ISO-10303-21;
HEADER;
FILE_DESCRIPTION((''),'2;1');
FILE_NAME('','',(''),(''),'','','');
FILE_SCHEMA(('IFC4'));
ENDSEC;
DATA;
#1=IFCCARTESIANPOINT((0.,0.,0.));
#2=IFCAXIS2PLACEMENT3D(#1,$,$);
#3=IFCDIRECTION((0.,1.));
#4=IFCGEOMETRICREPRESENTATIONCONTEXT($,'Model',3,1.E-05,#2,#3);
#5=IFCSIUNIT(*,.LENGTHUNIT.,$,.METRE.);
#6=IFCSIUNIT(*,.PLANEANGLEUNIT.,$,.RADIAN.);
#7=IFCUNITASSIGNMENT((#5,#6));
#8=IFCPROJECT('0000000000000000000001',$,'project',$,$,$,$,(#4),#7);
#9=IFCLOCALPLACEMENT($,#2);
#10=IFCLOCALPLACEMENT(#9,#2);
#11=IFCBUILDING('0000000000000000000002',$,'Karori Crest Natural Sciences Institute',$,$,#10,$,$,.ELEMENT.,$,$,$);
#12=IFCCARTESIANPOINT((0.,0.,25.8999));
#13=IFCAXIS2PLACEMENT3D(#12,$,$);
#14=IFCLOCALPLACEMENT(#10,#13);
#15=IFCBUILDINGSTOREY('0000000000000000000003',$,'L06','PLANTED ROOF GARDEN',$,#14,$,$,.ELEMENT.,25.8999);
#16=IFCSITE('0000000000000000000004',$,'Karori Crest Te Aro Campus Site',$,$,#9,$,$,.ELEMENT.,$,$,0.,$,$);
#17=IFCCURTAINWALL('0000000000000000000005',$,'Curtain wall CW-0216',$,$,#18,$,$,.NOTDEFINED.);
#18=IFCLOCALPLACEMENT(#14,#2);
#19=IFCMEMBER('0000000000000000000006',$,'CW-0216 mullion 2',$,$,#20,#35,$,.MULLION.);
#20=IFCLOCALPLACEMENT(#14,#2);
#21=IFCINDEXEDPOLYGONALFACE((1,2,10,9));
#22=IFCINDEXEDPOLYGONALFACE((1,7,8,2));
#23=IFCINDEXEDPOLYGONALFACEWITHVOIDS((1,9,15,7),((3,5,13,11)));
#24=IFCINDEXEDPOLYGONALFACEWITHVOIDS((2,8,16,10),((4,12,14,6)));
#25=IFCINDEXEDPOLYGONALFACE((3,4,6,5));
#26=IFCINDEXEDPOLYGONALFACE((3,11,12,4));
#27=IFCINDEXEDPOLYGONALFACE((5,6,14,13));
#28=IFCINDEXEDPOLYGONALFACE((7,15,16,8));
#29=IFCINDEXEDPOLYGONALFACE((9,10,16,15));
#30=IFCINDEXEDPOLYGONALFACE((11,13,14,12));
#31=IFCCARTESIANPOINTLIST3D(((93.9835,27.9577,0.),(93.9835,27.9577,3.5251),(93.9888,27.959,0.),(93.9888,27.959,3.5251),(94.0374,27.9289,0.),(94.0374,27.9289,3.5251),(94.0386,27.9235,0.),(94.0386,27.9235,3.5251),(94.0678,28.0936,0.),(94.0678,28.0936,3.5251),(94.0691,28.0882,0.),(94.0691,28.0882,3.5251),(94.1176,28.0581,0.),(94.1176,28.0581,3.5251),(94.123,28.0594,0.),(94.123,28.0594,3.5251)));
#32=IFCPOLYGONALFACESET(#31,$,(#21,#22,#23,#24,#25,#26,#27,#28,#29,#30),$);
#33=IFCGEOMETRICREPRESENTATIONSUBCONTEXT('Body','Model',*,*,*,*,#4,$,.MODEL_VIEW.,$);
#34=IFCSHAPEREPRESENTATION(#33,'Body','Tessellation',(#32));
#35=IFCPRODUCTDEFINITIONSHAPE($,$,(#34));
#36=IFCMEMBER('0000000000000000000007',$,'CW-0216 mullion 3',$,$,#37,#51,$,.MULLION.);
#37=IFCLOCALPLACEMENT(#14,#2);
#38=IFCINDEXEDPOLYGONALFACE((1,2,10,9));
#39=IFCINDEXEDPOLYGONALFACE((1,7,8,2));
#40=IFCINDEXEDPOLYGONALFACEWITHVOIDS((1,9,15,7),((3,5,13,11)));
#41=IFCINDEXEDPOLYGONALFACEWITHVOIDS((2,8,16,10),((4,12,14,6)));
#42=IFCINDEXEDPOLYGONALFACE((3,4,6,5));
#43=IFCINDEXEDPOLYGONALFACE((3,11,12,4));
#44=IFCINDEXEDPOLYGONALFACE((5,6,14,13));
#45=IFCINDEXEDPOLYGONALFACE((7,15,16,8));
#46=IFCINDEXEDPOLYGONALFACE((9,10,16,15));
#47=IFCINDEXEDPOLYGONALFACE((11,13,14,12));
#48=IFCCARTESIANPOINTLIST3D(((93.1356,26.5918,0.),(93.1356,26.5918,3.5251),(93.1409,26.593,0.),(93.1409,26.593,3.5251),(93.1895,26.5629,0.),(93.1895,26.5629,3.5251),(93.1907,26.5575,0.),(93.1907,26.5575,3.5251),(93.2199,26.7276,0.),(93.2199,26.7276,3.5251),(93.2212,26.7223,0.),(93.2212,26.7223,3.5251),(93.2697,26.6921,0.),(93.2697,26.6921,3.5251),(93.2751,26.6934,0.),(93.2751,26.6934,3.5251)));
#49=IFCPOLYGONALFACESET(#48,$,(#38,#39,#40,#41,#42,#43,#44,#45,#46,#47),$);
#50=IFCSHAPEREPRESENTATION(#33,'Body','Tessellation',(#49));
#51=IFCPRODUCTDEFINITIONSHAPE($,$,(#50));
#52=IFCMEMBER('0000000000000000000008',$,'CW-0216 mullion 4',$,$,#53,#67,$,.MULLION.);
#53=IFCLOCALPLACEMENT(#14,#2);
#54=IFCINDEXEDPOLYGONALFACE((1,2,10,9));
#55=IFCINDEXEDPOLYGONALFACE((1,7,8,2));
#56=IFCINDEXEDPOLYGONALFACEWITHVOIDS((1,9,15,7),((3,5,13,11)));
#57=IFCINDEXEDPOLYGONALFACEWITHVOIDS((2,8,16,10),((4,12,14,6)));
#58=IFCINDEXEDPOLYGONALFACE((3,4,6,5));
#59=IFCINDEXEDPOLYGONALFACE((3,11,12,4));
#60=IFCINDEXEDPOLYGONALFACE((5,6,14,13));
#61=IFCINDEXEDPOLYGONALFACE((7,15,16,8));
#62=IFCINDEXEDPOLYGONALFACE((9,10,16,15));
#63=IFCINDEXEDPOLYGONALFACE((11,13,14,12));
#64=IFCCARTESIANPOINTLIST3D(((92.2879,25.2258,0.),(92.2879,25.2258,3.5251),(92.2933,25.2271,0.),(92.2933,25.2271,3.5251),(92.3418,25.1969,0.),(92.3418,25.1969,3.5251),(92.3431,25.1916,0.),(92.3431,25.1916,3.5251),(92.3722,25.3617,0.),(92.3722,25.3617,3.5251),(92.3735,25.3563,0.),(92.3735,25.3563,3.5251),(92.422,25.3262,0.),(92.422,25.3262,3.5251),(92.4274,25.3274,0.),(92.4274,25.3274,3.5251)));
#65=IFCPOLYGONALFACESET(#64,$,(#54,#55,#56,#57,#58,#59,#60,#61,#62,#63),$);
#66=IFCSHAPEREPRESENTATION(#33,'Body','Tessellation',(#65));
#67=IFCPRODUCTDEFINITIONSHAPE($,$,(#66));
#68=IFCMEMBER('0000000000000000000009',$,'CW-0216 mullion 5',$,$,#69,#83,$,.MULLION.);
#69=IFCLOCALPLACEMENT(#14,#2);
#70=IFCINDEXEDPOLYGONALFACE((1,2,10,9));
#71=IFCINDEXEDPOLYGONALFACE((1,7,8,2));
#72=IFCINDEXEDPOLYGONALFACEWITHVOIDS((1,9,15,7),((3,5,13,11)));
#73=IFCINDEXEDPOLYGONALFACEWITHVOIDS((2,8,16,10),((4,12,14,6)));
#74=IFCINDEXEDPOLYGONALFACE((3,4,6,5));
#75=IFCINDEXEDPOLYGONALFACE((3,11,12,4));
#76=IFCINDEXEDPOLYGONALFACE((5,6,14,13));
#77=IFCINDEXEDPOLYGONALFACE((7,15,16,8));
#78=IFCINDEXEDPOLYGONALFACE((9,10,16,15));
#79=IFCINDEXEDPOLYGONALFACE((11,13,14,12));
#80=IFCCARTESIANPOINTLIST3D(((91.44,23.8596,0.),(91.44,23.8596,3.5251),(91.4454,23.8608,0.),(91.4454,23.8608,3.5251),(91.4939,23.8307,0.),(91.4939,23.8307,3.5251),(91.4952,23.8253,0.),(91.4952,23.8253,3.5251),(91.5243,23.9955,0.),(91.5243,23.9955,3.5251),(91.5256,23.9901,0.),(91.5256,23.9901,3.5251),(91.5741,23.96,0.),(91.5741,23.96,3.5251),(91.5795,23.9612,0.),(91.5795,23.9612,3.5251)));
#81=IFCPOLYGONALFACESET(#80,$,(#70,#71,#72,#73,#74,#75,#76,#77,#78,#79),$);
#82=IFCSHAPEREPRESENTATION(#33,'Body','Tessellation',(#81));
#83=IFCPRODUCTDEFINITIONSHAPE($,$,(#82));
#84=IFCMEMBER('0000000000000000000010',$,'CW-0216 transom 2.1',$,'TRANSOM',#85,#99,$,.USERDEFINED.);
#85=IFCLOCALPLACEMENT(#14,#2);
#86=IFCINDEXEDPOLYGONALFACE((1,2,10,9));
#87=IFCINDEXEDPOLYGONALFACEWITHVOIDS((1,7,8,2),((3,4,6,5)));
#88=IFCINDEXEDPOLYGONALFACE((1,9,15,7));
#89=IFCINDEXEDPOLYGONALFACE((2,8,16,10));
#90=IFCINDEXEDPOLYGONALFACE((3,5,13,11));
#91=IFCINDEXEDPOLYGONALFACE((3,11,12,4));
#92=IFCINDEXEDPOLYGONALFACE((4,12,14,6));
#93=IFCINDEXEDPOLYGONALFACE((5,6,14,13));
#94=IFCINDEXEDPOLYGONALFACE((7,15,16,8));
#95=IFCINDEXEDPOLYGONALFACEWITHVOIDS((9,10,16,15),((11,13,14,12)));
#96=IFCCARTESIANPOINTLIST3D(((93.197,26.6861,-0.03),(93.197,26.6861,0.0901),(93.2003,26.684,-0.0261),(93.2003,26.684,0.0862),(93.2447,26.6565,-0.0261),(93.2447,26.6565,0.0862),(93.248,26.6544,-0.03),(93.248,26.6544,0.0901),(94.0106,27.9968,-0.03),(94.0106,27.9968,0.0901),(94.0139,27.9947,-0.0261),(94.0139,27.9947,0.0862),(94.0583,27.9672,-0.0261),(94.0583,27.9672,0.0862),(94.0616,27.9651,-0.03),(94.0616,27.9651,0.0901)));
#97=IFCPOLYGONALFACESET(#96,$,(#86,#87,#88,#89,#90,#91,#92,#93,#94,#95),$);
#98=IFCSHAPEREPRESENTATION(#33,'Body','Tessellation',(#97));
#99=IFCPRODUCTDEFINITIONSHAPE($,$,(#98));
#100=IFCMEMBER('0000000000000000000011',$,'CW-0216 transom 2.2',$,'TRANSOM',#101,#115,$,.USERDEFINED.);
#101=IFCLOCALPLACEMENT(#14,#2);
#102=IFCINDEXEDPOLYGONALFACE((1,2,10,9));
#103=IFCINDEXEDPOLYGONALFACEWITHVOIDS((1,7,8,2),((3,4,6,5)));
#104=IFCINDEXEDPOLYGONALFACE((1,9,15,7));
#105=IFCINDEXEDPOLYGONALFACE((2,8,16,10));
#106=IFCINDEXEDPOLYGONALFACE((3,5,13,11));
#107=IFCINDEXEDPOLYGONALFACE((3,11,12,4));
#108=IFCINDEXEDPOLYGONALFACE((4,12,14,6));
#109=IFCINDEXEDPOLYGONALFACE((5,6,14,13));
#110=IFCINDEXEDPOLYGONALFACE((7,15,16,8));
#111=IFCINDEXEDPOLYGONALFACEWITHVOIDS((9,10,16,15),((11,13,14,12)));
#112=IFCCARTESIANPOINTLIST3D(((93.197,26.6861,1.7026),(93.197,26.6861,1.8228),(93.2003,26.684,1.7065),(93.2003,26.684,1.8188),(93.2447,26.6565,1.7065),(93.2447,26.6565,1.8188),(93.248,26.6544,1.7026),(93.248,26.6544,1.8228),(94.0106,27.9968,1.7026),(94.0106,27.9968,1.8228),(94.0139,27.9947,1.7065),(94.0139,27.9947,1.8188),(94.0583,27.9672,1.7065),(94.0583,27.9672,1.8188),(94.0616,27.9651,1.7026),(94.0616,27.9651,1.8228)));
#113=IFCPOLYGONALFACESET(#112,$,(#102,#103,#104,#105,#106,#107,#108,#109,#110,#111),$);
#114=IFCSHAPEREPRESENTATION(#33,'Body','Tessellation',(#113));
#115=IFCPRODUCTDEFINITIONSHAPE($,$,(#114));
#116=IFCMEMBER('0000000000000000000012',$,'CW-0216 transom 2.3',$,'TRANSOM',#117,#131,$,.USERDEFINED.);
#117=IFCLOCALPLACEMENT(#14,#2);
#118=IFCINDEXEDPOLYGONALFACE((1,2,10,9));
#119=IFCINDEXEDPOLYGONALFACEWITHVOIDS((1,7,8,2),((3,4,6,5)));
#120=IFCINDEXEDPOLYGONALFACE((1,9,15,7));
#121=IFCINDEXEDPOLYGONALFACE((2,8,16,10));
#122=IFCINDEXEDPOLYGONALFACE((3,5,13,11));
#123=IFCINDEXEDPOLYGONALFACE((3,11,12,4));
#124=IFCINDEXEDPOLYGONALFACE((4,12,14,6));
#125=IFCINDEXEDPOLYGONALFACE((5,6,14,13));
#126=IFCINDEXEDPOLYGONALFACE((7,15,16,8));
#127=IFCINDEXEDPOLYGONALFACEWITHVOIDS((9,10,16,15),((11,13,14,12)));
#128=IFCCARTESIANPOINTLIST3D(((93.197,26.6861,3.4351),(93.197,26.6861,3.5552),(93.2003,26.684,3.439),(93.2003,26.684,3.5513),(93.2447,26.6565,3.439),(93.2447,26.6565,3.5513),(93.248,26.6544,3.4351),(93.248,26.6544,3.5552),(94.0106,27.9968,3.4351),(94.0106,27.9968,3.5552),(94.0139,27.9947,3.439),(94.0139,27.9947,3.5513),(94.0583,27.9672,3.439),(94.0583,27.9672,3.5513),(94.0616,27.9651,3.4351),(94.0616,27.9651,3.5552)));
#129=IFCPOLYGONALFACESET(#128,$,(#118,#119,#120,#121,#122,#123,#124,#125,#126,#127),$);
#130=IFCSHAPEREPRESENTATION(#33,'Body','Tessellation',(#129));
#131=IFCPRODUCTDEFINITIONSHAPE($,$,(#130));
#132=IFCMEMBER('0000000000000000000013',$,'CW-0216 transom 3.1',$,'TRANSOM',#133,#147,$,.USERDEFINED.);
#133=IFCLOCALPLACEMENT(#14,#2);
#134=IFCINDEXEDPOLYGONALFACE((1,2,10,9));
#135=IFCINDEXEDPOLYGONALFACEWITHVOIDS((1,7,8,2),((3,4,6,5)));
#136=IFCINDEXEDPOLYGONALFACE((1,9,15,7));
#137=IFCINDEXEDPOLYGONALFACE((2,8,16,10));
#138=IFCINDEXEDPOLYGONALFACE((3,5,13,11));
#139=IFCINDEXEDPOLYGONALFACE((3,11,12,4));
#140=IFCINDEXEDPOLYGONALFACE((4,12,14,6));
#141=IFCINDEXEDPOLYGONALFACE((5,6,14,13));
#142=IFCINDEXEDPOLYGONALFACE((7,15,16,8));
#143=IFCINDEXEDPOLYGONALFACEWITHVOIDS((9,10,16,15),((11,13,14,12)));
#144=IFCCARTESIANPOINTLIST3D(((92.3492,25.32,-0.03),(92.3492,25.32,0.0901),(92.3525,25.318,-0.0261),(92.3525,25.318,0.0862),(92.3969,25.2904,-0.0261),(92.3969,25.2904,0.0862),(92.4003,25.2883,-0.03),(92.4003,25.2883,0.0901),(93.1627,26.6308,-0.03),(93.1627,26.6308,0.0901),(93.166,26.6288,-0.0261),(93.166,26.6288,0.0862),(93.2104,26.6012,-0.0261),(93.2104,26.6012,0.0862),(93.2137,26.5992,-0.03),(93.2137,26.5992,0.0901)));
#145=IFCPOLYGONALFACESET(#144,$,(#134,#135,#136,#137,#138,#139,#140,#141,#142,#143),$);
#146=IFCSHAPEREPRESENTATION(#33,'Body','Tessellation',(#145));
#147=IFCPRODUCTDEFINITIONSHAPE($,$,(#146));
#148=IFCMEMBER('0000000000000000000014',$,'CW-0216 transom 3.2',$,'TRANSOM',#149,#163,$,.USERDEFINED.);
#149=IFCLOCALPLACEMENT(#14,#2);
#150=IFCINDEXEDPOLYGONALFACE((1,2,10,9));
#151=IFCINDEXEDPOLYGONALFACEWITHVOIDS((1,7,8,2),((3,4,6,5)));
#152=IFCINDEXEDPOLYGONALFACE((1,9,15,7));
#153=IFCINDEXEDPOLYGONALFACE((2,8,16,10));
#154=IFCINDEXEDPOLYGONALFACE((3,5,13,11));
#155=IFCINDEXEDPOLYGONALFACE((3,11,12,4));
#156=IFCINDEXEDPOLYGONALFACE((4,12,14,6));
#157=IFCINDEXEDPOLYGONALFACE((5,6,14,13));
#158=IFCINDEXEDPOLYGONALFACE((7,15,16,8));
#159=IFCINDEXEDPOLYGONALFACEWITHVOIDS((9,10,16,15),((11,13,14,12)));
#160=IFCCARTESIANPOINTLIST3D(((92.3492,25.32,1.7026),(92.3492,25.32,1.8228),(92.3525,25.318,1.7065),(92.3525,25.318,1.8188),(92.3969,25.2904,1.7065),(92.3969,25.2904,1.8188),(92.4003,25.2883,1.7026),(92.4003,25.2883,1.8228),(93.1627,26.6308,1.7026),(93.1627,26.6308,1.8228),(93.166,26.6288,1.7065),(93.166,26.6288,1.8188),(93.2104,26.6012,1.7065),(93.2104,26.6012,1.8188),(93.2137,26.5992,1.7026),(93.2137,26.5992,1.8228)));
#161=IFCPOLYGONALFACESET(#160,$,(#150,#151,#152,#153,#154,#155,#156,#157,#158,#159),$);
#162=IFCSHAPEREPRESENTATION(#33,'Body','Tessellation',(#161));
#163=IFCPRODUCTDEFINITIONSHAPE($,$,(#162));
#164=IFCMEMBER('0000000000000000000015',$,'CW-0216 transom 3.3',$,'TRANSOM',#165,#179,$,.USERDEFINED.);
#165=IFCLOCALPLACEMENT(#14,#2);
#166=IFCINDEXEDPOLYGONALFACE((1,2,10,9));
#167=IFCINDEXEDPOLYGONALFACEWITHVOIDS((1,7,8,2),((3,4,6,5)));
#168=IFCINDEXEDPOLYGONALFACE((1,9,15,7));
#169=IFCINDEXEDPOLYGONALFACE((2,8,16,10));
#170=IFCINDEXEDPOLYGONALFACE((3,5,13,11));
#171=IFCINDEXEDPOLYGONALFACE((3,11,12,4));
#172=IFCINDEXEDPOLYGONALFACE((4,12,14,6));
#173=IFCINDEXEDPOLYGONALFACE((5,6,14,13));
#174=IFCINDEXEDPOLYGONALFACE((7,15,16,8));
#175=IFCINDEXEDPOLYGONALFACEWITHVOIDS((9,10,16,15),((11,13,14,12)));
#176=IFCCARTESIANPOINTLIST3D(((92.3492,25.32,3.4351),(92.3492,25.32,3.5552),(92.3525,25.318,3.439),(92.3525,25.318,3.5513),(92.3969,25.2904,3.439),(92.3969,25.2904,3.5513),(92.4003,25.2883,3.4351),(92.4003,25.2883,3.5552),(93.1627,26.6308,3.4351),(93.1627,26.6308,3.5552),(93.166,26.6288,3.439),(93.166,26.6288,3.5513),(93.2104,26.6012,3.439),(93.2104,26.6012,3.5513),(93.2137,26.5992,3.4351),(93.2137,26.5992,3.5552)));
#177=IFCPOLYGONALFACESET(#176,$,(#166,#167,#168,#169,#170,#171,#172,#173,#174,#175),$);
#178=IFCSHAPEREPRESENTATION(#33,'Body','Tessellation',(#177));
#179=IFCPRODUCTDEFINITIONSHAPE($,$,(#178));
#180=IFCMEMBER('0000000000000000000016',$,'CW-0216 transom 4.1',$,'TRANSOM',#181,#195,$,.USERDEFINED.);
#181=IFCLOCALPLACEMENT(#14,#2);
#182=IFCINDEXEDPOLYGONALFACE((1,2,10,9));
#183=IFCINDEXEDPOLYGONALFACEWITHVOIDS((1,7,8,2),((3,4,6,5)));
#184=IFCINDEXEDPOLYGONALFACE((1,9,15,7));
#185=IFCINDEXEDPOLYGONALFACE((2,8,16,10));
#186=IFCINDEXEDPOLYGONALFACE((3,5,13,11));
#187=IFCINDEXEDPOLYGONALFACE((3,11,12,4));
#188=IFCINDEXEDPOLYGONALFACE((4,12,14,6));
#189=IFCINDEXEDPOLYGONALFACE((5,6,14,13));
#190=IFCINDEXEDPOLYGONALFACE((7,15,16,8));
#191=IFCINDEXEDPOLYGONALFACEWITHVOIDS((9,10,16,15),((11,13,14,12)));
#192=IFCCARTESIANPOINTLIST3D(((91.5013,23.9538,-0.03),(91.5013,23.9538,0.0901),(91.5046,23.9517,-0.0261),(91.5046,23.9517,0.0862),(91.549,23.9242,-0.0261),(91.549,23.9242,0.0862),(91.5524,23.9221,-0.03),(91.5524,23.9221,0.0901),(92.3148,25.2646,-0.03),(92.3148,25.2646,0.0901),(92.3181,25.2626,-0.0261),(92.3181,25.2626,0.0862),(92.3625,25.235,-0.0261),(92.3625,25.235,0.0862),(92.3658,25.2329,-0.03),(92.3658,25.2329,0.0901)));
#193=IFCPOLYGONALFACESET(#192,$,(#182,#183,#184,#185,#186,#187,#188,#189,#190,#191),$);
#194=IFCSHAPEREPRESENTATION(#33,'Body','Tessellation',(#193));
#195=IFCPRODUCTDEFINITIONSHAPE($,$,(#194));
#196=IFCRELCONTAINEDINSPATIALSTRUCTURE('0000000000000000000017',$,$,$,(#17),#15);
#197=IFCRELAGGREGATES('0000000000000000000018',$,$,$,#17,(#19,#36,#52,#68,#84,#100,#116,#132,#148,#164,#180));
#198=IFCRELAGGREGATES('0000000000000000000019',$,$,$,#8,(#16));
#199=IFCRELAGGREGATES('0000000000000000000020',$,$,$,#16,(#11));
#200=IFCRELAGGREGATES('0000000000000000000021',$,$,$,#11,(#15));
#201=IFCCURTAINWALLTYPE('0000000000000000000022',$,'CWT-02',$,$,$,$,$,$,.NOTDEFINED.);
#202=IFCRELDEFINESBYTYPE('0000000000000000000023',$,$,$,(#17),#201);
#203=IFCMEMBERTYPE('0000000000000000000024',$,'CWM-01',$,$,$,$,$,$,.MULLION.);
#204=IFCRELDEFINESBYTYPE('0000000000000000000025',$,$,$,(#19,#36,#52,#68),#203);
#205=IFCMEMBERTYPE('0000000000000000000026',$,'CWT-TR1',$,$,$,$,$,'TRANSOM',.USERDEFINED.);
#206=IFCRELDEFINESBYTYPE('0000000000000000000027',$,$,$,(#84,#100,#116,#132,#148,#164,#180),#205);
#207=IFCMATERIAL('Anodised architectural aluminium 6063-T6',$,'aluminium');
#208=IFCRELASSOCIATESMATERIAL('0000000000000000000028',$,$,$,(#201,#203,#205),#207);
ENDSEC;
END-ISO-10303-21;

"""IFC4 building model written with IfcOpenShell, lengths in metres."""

from ifc_helpers import new_model, si_unit, direction, frame, origin, origin_2d, place, context, subcontext, project, spatial, hollow_rectangle, extrude, material, material_profile, profile_set, type_object, element, aggregate, save


model = new_model("IFC4")

# Units and contexts
model_context = context("Model", 3, precision=1e-05, world=origin(), true_north=direction((0.0, 1.0)))
body_context = subcontext(model_context, "Body", "Model", "MODEL_VIEW")
ifc_project = project(units=[si_unit("LENGTHUNIT", "METRE"), si_unit("PLANEANGLEUNIT", "RADIAN")], contexts=[model_context])

# Site, building, storey
site_placement = place(None, origin())
site = spatial("IfcSite", under=ifc_project, at=site_placement, Name="Karori Crest Te Aro Campus Site", CompositionType="ELEMENT", RefElevation=0.0)
building_placement = place(site_placement, origin())
building = spatial("IfcBuilding", under=site, at=building_placement, Name="Karori Crest Natural Sciences Institute", CompositionType="ELEMENT")
storey_placement = place(building_placement, frame((0.0, 0.0, 25.8999)))
storey = spatial("IfcBuildingStorey", under=building, at=storey_placement, Name="L06", Description="PLANTED ROOF GARDEN", CompositionType="ELEMENT", Elevation=25.8999)

# Curtain wall, members
ifc_material_1 = material(Name="Anodised architectural aluminium 6063-T6", Category="aluminium")
curtain_wall_type = type_object("IfcCurtainWallType", Name="CWT-02", PredefinedType="NOTDEFINED", material=ifc_material_1)
curtain_wall_placement = place(storey_placement, origin())
curtain_wall = element("IfcCurtainWall", 1, at=curtain_wall_placement, inside=storey, type_object=curtain_wall_type, Name="Curtain wall CW-0216", PredefinedType="NOTDEFINED")
ifc_material_profile_1 = material_profile(ifc_material_1, hollow_rectangle(XDim=0.0649, YDim=0.1599, WallThickness=0.0039, at=origin_2d()), Name="CWM160x65x4")
ifc_profile_set_1 = profile_set([ifc_material_profile_1], Name="Anodised architectural aluminium 6063-T6")
member_type_1 = type_object("IfcMemberType", Name="CWM-01", PredefinedType="MULLION", material=ifc_profile_set_1)
member_1_placement = place(storey_placement, frame((94.0532, 28.0085, 0.0), z_axis=(0.0, 0.0, 1.0), x_axis=(0.849664, -0.527324, 0.0)))
member_1 = element("IfcMember", 2, at=member_1_placement, type_object=member_type_1, Name="CW-0216 mullion 2", PredefinedType="MULLION", context=body_context, shape_type="SweptSolid", body=[
    extrude(hollow_rectangle(XDim=0.0649, YDim=0.1599, WallThickness=0.0039, at=origin_2d()), origin(), (0.0, 0.0, 1.0), 3.5251),
])
member_2_placement = place(storey_placement, frame((93.2053, 26.6426, 0.0), z_axis=(0.0, 0.0, 1.0), x_axis=(0.849664, -0.527324, 0.0)))
member_2 = element("IfcMember", 3, at=member_2_placement, type_object=member_type_1, Name="CW-0216 mullion 3", PredefinedType="MULLION", context=body_context, shape_type="SweptSolid", body=[
    extrude(hollow_rectangle(XDim=0.0649, YDim=0.1599, WallThickness=0.0039, at=origin_2d()), origin(), (0.0, 0.0, 1.0), 3.5251),
])
member_3_placement = place(storey_placement, frame((92.3577, 25.2766, 0.0), z_axis=(0.0, 0.0, 1.0), x_axis=(0.849664, -0.527324, 0.0)))
member_3 = element("IfcMember", 4, at=member_3_placement, type_object=member_type_1, Name="CW-0216 mullion 4", PredefinedType="MULLION", context=body_context, shape_type="SweptSolid", body=[
    extrude(hollow_rectangle(XDim=0.0649, YDim=0.1599, WallThickness=0.0039, at=origin_2d()), origin(), (0.0, 0.0, 1.0), 3.5251),
])
member_4_placement = place(storey_placement, frame((91.5098, 23.9104, 0.0), z_axis=(0.0, 0.0, 1.0), x_axis=(0.849664, -0.527324, 0.0)))
member_4 = element("IfcMember", 5, at=member_4_placement, type_object=member_type_1, Name="CW-0216 mullion 5", PredefinedType="MULLION", context=body_context, shape_type="SweptSolid", body=[
    extrude(hollow_rectangle(XDim=0.0649, YDim=0.1599, WallThickness=0.0039, at=origin_2d()), origin(), (0.0, 0.0, 1.0), 3.5251),
])
ifc_material_profile_2 = material_profile(ifc_material_1, hollow_rectangle(XDim=0.0601, YDim=0.1201, WallThickness=0.0039, at=origin_2d()), Name="CWT120x60x4")
ifc_profile_set_2 = profile_set([ifc_material_profile_2], Name="Anodised architectural aluminium 6063-T6")
member_type_2 = type_object("IfcMemberType", Name="CWT-TR1", ElementType="TRANSOM", PredefinedType="USERDEFINED", material=ifc_profile_set_2)
member_5_placement = place(storey_placement, frame((94.0361, 27.981, 0.03), z_axis=(-0.527422, -0.849603, 0.0), x_axis=(0.849603, -0.527422, 0.0)))
member_5 = element("IfcMember", 6, at=member_5_placement, type_object=member_type_2, Name="CW-0216 transom 2.1", ObjectType="TRANSOM", PredefinedType="USERDEFINED", context=body_context, shape_type="SweptSolid", body=[
    extrude(hollow_rectangle(XDim=0.0601, YDim=0.1201, WallThickness=0.0039, at=origin_2d()), origin(), (0.0, 0.0, 1.0), 1.5427),
])
member_6_placement = place(storey_placement, frame((94.0361, 27.981, 1.7627), z_axis=(-0.527422, -0.849603, 0.0), x_axis=(0.849603, -0.527422, 0.0)))
member_6 = element("IfcMember", 7, at=member_6_placement, type_object=member_type_2, Name="CW-0216 transom 2.2", ObjectType="TRANSOM", PredefinedType="USERDEFINED", context=body_context, shape_type="SweptSolid", body=[
    extrude(hollow_rectangle(XDim=0.0601, YDim=0.1201, WallThickness=0.0039, at=origin_2d()), origin(), (0.0, 0.0, 1.0), 1.5427),
])
member_7_placement = place(storey_placement, frame((94.0361, 27.981, 3.4951), z_axis=(-0.527422, -0.849603, 0.0), x_axis=(0.849603, -0.527422, 0.0)))
member_7 = element("IfcMember", 8, at=member_7_placement, type_object=member_type_2, Name="CW-0216 transom 2.3", ObjectType="TRANSOM", PredefinedType="USERDEFINED", context=body_context, shape_type="SweptSolid", body=[
    extrude(hollow_rectangle(XDim=0.0601, YDim=0.1201, WallThickness=0.0039, at=origin_2d()), origin(), (0.0, 0.0, 1.0), 1.5427),
])
member_8_placement = place(storey_placement, frame((93.1882, 26.615, 0.03), z_axis=(-0.527308, -0.849674, 0.0), x_axis=(0.849674, -0.527308, 0.0)))
member_8 = element("IfcMember", 9, at=member_8_placement, type_object=member_type_2, Name="CW-0216 transom 3.1", ObjectType="TRANSOM", PredefinedType="USERDEFINED", context=body_context, shape_type="SweptSolid", body=[
    extrude(hollow_rectangle(XDim=0.0601, YDim=0.1201, WallThickness=0.0039, at=origin_2d()), origin(), (0.0, 0.0, 1.0), 1.5427),
])
member_9_placement = place(storey_placement, frame((93.1882, 26.615, 1.7627), z_axis=(-0.527308, -0.849674, 0.0), x_axis=(0.849674, -0.527308, 0.0)))
member_9 = element("IfcMember", 10, at=member_9_placement, type_object=member_type_2, Name="CW-0216 transom 3.2", ObjectType="TRANSOM", PredefinedType="USERDEFINED", context=body_context, shape_type="SweptSolid", body=[
    extrude(hollow_rectangle(XDim=0.0601, YDim=0.1201, WallThickness=0.0039, at=origin_2d()), origin(), (0.0, 0.0, 1.0), 1.5427),
])
member_10_placement = place(storey_placement, frame((93.1882, 26.615, 3.4951), z_axis=(-0.527308, -0.849674, 0.0), x_axis=(0.849674, -0.527308, 0.0)))
member_10 = element("IfcMember", 11, at=member_10_placement, type_object=member_type_2, Name="CW-0216 transom 3.3", ObjectType="TRANSOM", PredefinedType="USERDEFINED", context=body_context, shape_type="SweptSolid", body=[
    extrude(hollow_rectangle(XDim=0.0601, YDim=0.1201, WallThickness=0.0039, at=origin_2d()), origin(), (0.0, 0.0, 1.0), 1.5427),
])
member_11_placement = place(storey_placement, frame((92.3403, 25.2488, 0.03), z_axis=(-0.527308, -0.849674, 0.0), x_axis=(0.849674, -0.527308, 0.0)))
member_11 = element("IfcMember", 12, at=member_11_placement, type_object=member_type_2, Name="CW-0216 transom 4.1", ObjectType="TRANSOM", PredefinedType="USERDEFINED", context=body_context, shape_type="SweptSolid", body=[
    extrude(hollow_rectangle(XDim=0.0601, YDim=0.1201, WallThickness=0.0039, at=origin_2d()), origin(), (0.0, 0.0, 1.0), 1.5427),
])
aggregate(curtain_wall, [member_1, member_2, member_3, member_4, member_5, member_6, member_7, member_8, member_9, member_10, member_11])

save(model, "model.ifc")
